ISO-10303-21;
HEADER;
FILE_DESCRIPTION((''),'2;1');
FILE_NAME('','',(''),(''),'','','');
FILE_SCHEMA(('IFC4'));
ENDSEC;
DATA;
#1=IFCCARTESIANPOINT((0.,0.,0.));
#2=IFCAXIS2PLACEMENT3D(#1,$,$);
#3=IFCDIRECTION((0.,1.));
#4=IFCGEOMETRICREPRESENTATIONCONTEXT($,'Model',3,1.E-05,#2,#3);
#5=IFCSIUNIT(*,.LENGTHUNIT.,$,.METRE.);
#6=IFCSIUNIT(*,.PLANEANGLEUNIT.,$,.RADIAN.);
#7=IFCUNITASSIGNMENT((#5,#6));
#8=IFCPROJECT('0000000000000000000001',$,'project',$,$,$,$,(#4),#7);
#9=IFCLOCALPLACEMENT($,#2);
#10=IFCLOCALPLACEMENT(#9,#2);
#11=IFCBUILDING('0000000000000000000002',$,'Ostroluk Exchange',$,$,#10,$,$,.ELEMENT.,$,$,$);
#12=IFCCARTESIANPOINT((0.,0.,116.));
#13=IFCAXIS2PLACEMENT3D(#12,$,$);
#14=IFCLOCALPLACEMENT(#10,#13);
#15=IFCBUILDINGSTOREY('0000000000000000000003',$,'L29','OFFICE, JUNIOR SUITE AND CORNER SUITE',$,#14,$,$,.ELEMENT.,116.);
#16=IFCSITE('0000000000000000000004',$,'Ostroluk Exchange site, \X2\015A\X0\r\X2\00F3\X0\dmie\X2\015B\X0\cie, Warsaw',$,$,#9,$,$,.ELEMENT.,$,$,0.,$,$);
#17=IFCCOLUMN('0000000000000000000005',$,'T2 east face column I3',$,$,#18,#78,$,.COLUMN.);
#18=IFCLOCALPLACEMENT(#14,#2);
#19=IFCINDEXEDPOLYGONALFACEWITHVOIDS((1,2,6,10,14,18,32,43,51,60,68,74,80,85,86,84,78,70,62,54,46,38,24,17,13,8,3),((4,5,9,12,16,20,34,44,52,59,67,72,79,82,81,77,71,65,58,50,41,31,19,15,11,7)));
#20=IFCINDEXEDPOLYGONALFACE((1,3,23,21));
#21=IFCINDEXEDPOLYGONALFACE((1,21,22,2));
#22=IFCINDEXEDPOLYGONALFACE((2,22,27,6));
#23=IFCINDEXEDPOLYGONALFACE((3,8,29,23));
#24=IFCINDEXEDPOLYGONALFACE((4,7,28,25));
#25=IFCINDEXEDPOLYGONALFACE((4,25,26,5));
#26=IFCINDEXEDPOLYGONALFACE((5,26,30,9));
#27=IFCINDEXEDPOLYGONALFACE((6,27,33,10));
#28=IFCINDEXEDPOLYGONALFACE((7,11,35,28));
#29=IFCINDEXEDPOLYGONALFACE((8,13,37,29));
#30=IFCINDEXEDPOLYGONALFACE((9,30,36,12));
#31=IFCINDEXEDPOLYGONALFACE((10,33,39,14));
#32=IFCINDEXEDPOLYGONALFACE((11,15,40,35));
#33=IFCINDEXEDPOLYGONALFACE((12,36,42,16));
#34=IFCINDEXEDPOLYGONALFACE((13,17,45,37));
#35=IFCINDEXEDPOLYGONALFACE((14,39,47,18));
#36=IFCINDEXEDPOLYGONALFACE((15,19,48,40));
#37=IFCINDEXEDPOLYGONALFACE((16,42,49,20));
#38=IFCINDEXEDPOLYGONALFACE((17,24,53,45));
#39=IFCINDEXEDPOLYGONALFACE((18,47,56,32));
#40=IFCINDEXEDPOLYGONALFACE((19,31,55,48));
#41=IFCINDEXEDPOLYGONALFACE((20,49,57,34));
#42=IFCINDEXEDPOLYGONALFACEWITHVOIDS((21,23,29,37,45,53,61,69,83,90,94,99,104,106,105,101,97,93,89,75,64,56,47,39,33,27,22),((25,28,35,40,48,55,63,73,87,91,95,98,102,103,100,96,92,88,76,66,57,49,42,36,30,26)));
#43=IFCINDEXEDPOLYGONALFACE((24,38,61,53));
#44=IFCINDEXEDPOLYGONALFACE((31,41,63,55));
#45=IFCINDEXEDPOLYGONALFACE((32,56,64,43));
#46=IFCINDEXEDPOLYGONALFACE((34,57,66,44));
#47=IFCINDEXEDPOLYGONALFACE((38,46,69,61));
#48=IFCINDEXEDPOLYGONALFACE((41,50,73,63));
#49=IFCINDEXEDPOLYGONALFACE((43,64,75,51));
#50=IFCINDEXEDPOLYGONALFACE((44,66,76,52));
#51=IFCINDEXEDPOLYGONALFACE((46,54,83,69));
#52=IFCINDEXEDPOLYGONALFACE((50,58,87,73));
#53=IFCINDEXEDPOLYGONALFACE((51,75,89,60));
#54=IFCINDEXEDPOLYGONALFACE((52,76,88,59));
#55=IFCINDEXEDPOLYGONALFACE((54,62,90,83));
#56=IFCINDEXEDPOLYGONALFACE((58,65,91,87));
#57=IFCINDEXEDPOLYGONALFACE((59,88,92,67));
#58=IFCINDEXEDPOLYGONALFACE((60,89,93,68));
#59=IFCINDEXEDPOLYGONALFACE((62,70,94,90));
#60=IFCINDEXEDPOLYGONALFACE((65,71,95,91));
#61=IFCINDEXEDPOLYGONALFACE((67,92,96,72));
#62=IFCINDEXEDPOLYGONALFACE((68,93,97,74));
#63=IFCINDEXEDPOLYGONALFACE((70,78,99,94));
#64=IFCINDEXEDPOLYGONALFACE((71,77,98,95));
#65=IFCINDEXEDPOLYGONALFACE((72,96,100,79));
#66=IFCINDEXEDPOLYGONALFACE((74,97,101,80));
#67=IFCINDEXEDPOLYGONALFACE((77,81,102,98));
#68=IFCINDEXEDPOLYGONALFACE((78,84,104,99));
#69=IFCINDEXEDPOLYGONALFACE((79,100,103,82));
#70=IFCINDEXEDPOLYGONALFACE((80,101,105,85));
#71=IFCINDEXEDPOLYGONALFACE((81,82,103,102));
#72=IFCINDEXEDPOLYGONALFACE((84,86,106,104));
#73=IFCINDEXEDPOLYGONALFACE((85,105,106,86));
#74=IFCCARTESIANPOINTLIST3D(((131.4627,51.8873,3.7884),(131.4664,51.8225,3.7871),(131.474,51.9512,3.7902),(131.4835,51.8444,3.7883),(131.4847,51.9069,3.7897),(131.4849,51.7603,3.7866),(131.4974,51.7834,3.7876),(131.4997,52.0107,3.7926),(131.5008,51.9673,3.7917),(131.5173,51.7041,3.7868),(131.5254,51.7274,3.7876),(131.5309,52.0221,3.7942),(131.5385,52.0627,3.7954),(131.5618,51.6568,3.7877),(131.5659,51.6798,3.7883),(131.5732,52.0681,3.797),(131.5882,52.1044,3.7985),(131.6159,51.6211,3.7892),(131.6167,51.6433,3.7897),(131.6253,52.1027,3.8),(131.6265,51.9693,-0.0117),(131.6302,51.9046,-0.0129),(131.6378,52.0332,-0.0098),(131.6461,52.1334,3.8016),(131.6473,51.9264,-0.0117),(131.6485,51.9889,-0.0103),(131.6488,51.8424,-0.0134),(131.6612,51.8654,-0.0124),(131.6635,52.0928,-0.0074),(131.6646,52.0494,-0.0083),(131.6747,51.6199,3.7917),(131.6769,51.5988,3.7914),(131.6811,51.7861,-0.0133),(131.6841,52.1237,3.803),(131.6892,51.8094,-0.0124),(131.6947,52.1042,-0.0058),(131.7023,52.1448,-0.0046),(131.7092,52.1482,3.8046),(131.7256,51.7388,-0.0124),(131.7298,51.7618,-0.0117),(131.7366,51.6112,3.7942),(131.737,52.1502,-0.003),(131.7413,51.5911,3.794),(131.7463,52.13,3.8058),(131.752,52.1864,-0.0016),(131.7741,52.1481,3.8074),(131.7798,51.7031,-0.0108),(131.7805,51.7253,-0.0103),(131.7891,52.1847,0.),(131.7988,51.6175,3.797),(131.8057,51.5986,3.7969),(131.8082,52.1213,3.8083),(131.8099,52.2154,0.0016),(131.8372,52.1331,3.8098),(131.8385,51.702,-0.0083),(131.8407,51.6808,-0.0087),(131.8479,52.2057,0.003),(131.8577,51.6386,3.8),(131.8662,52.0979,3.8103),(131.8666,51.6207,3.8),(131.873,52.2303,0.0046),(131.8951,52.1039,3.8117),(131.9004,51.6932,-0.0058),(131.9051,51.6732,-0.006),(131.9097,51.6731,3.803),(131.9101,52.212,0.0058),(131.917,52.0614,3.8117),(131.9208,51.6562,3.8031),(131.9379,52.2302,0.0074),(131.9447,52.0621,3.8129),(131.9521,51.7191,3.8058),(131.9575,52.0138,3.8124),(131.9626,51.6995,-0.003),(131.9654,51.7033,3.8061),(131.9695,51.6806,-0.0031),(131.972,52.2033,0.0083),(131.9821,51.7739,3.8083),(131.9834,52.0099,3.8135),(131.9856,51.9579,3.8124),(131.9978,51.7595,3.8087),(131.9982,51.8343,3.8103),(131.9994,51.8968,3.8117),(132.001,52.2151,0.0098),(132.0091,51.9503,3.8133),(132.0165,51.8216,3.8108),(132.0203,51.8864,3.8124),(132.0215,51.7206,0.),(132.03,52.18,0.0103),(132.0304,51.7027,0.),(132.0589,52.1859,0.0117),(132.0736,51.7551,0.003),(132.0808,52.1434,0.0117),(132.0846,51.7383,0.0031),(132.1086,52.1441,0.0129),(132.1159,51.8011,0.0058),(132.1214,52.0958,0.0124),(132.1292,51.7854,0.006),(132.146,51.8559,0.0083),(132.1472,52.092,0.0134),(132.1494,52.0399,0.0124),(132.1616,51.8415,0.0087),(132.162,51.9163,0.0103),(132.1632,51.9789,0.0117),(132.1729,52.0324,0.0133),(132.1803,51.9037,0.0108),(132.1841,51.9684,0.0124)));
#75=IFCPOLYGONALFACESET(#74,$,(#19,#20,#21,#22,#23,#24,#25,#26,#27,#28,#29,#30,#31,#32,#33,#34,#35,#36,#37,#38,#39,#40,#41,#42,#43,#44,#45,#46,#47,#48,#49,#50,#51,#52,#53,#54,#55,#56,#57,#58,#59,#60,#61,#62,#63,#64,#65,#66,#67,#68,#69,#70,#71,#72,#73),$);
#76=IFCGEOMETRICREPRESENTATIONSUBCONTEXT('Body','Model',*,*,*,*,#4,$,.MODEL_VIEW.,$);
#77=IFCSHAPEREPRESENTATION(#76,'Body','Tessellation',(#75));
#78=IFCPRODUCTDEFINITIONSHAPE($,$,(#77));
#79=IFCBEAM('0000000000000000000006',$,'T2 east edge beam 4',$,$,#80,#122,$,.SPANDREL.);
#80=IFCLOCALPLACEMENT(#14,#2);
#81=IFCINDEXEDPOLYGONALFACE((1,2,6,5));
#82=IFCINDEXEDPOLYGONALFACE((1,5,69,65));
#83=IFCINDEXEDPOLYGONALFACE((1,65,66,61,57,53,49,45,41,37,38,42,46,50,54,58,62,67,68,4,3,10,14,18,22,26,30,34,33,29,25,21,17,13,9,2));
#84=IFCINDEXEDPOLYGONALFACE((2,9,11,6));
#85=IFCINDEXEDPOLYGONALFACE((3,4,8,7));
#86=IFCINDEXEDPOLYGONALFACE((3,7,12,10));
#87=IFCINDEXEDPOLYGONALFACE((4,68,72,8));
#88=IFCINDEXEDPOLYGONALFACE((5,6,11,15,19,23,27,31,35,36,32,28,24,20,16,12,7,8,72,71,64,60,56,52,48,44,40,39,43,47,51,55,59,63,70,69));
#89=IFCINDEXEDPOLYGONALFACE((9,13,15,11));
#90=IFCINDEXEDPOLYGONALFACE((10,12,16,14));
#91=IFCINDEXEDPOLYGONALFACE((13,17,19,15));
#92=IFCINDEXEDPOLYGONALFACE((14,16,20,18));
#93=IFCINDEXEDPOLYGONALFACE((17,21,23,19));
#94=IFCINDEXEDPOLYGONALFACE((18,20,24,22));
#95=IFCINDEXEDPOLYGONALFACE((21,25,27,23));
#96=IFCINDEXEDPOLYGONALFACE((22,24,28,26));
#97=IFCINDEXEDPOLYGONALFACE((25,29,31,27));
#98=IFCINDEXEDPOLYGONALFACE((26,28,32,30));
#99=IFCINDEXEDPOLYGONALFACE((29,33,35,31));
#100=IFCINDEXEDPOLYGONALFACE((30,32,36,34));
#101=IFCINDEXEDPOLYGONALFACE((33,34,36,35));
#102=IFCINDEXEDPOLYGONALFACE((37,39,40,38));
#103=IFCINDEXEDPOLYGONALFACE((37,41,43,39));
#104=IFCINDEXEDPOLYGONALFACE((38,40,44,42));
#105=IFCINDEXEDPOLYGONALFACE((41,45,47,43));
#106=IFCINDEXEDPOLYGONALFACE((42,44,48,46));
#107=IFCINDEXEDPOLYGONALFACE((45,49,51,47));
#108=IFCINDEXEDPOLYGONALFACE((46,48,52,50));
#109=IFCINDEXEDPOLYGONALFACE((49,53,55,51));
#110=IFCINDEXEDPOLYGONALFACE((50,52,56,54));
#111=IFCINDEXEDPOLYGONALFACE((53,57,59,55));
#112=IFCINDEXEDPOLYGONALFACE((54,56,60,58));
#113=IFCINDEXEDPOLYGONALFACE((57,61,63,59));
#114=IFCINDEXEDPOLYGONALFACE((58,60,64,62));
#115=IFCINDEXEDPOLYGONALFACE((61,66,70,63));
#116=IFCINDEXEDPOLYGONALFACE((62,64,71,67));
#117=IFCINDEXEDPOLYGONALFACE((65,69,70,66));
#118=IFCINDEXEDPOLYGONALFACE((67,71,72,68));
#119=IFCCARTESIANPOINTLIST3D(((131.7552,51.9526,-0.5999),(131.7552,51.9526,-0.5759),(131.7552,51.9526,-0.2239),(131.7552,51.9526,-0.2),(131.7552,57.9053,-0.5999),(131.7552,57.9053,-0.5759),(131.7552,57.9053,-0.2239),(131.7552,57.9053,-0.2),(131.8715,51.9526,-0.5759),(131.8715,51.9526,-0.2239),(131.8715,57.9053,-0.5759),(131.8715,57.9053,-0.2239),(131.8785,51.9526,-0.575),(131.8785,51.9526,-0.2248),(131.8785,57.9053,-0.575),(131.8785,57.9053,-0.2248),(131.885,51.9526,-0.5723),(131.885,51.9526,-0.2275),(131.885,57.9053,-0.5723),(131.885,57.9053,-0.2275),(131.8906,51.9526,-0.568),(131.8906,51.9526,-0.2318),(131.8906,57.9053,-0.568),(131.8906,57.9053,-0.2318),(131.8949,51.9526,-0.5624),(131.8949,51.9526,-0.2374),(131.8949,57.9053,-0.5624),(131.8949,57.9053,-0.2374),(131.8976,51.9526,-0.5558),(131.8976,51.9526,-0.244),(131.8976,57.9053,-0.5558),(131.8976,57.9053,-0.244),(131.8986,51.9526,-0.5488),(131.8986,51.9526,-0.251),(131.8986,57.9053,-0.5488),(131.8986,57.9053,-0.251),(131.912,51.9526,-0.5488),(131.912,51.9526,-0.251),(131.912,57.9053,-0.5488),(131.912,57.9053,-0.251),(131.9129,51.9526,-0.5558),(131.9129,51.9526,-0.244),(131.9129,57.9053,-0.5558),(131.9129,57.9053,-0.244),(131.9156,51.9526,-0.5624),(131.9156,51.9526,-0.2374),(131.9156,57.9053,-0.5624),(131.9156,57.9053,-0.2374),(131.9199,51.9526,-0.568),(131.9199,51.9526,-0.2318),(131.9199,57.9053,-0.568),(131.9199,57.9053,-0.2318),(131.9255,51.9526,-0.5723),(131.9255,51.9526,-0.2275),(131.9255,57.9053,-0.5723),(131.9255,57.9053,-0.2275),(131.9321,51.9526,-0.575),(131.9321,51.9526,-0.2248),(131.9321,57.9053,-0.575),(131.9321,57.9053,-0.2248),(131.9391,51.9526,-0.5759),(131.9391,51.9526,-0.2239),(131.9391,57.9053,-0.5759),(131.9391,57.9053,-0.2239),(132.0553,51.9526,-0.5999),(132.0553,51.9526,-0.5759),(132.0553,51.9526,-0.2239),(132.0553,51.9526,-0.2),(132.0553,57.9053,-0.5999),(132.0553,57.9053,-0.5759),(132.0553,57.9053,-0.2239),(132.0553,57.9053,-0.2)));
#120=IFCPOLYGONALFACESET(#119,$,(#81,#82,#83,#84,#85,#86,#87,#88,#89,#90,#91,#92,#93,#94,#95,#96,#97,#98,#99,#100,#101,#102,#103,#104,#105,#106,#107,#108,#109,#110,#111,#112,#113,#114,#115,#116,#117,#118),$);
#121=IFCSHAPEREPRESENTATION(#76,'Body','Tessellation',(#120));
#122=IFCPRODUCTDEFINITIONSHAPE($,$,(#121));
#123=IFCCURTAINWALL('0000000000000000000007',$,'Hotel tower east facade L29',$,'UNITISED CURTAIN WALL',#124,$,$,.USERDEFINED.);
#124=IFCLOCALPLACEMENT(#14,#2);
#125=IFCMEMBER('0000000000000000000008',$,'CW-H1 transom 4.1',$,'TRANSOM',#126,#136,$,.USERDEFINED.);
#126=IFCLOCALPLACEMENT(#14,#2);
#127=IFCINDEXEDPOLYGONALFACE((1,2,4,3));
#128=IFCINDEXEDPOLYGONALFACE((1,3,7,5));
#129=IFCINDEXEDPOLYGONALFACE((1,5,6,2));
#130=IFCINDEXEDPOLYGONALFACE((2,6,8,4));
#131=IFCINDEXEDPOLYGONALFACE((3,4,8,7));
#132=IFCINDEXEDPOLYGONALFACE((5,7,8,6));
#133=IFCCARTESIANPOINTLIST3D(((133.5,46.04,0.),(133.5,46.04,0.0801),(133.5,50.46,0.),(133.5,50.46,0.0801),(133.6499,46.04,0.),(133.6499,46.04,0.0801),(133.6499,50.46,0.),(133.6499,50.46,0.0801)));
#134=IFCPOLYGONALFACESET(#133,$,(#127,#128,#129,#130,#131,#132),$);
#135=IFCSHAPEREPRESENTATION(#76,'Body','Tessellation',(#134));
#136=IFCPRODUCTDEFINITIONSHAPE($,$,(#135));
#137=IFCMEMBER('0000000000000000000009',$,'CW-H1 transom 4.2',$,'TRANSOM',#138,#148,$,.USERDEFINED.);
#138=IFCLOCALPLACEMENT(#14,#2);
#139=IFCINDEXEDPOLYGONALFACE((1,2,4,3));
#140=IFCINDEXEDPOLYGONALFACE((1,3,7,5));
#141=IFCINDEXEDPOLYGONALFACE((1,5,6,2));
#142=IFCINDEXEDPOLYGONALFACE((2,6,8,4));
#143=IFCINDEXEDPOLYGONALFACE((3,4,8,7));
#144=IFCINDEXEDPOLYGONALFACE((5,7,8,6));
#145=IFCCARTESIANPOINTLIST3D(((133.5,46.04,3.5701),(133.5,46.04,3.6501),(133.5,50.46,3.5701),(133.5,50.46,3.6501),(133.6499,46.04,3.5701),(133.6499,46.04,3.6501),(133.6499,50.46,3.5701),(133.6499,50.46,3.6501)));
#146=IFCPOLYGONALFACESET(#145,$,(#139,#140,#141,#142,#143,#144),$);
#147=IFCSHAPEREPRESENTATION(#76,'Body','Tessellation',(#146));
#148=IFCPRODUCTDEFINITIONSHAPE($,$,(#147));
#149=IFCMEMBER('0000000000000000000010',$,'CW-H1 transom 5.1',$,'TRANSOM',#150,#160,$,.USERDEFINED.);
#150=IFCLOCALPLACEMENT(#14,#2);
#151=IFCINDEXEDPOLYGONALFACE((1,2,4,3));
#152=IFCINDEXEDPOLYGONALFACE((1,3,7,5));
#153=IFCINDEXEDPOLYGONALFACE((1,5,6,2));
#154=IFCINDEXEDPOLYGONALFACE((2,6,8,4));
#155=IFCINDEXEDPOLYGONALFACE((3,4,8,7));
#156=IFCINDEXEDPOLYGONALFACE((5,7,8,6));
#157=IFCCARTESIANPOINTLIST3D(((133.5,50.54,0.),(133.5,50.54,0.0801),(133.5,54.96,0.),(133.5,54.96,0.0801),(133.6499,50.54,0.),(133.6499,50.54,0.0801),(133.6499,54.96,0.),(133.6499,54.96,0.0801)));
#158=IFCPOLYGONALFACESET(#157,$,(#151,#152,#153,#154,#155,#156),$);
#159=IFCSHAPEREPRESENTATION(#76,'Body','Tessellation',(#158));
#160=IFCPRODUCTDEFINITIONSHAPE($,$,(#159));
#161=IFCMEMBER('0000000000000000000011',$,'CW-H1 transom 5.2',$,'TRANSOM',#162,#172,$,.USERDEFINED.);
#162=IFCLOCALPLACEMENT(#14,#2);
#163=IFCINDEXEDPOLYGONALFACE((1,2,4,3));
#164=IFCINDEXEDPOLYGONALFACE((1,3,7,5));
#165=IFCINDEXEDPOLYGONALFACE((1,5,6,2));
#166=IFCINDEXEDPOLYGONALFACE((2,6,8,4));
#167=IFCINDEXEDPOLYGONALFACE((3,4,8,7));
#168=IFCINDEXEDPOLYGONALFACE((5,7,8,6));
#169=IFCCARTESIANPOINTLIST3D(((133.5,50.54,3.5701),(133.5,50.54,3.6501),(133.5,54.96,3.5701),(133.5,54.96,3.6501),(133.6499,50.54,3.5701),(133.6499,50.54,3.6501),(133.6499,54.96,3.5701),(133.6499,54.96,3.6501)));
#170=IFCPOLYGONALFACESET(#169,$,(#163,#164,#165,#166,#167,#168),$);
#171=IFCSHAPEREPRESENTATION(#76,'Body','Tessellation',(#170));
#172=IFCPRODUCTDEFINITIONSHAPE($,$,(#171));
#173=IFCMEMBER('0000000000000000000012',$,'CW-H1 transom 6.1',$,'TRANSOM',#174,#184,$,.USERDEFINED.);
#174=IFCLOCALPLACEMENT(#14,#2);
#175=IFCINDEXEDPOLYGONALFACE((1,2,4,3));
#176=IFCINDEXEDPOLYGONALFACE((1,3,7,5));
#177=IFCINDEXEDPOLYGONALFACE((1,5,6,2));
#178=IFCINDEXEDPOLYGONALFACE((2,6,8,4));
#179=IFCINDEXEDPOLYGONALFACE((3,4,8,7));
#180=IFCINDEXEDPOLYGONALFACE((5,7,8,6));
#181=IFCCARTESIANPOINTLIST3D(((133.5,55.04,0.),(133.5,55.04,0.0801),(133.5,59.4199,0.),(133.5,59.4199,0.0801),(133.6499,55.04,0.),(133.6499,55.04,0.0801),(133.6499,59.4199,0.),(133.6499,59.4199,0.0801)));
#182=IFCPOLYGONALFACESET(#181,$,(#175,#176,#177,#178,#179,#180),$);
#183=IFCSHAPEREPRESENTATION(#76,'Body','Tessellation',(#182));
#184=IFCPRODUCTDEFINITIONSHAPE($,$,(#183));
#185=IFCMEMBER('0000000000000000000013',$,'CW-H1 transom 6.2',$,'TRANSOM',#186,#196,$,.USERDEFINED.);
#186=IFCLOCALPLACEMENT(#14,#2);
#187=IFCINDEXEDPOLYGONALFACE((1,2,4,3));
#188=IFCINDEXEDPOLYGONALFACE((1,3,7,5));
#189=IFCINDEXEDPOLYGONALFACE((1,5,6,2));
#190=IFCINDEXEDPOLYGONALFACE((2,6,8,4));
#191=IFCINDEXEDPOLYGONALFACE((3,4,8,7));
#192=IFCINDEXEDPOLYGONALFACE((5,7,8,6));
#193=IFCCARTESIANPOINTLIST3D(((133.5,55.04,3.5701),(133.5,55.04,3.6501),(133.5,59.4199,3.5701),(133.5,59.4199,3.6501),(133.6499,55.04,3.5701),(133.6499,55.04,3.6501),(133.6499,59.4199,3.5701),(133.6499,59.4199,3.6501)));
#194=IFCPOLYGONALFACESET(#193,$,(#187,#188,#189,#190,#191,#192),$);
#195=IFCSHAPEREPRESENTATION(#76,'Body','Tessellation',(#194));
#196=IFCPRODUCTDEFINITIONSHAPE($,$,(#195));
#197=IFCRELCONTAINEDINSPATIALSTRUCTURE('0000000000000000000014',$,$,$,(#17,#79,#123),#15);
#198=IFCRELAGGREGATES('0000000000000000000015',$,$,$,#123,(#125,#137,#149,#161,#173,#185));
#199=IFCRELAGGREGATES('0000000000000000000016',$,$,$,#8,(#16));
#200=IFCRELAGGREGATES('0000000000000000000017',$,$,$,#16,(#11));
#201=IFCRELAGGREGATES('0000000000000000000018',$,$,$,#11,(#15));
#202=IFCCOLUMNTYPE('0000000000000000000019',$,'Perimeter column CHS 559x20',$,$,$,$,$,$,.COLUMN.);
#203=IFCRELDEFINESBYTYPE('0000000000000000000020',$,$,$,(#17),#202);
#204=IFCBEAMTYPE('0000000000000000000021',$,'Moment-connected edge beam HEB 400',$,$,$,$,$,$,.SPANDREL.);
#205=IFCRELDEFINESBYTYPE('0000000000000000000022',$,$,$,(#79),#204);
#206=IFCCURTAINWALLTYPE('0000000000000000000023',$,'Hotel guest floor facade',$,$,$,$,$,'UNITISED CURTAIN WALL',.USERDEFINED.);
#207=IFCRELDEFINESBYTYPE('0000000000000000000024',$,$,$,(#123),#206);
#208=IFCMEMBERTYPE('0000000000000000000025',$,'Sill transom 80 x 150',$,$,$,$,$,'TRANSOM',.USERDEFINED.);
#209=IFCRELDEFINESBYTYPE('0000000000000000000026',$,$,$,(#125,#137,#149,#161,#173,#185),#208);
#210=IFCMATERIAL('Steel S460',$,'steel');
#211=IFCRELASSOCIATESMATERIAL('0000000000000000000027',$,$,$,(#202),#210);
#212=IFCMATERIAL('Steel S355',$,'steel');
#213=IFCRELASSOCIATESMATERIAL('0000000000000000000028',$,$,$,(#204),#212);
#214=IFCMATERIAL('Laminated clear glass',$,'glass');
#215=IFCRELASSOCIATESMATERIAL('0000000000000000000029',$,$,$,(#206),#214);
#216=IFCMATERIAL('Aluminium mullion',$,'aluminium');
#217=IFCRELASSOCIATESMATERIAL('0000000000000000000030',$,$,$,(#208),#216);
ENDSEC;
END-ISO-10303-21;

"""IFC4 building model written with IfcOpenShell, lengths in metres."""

from ifc_helpers import new_model, si_unit, direction, frame, origin, origin_2d, place, context, subcontext, project, spatial, rectangle, hollow_circle, i_section, extrude, material, material_profile, profile_set, type_object, element, aggregate, save


model = new_model("IFC4")

# Units and contexts
model_context = context("Model", 3, precision=1e-05, world=origin(), true_north=direction((0.0, 1.0)))
body_context = subcontext(model_context, "Body", "Model", "MODEL_VIEW")
ifc_project = project(units=[si_unit("LENGTHUNIT", "METRE"), si_unit("PLANEANGLEUNIT", "RADIAN")], contexts=[model_context])

# Site, building, storey
site_placement = place(None, origin())
site = spatial("IfcSite", under=ifc_project, at=site_placement, Name="Ostroluk Exchange site, Śródmieście, Warsaw", CompositionType="ELEMENT", RefElevation=0.0)
building_placement = place(site_placement, origin())
building = spatial("IfcBuilding", under=site, at=building_placement, Name="Ostroluk Exchange", CompositionType="ELEMENT")
storey_placement = place(building_placement, frame((0.0, 0.0, 116.0)))
storey = spatial("IfcBuildingStorey", under=building, at=storey_placement, Name="L29", Description="OFFICE, JUNIOR SUITE AND CORNER SUITE", CompositionType="ELEMENT", Elevation=116.0)

# Column
ifc_material_1 = material(Name="Steel S460", Category="steel")
ifc_material_profile_1 = material_profile(ifc_material_1, hollow_circle(Radius=0.2795, WallThickness=0.02, at=origin_2d()), Name="CHS 559x20")
ifc_profile_set_1 = profile_set([ifc_material_profile_1], Name="Steel S460")
column_type = type_object("IfcColumnType", Name="Perimeter column CHS 559x20", PredefinedType="COLUMN", material=ifc_profile_set_1)
column_placement = place(storey_placement, frame((131.9053, 51.9526, 0.0), z_axis=(-0.04306, -0.021562, 0.99884), x_axis=(0.447747, -0.894161, 0.0)))
element("IfcColumn", 1, at=column_placement, inside=storey, type_object=column_type, Name="T2 east face column I3", PredefinedType="COLUMN", context=body_context, shape_type="SweptSolid", body=[
    extrude(hollow_circle(Radius=0.2795, WallThickness=0.02, at=origin_2d()), origin(), (0.0, 0.0, 1.0), 3.8044),
])

# Beam
ifc_material_2 = material(Name="Steel S355", Category="steel")
ifc_material_profile_2 = material_profile(ifc_material_2, i_section(OverallWidth=0.3, OverallDepth=0.3999, WebThickness=0.0134, FlangeThickness=0.0239, FilletRadius=0.0271, at=origin_2d()), Name="HEB 400")
ifc_profile_set_2 = profile_set([ifc_material_profile_2], Name="Steel S355")
beam_type = type_object("IfcBeamType", Name="Moment-connected edge beam HEB 400", PredefinedType="SPANDREL", material=ifc_profile_set_2)
beam_placement = place(storey_placement, frame((131.9053, 51.9526, -0.3999), z_axis=(0.0, 1.0, 0.0), x_axis=(-1.0, 0.0, 0.0)))
element("IfcBeam", 2, at=beam_placement, inside=storey, type_object=beam_type, Name="T2 east edge beam 4", PredefinedType="SPANDREL", context=body_context, shape_type="SweptSolid", body=[
    extrude(i_section(OverallWidth=0.3, OverallDepth=0.3999, WebThickness=0.0134, FlangeThickness=0.0239, FilletRadius=0.0271, at=origin_2d()), origin(), (0.0, 0.0, 1.0), 5.9526),
])

# Curtain wall, members
ifc_material_3 = material(Name="Laminated clear glass", Category="glass")
curtain_wall_type = type_object("IfcCurtainWallType", Name="Hotel guest floor facade", ElementType="UNITISED CURTAIN WALL", PredefinedType="USERDEFINED", material=ifc_material_3)
curtain_wall_placement = place(storey_placement, origin())
curtain_wall = element("IfcCurtainWall", 3, at=curtain_wall_placement, inside=storey, type_object=curtain_wall_type, Name="Hotel tower east facade L29", ObjectType="UNITISED CURTAIN WALL", PredefinedType="USERDEFINED")
ifc_material_4 = material(Name="Aluminium mullion", Category="aluminium")
ifc_material_profile_3 = material_profile(ifc_material_4, rectangle(XDim=0.1499, YDim=0.0801, at=origin_2d()), Name="Sill transom 80 x 150")
ifc_profile_set_3 = profile_set([ifc_material_profile_3], Name="Aluminium mullion")
member_type_1 = type_object("IfcMemberType", Name="Sill transom 80 x 150", ElementType="TRANSOM", PredefinedType="USERDEFINED", material=ifc_profile_set_3)
member_1_placement = place(storey_placement, frame((133.575, 46.04, 0.04), z_axis=(0.0, 1.0, 0.0), x_axis=(-1.0, 0.0, 0.0)))
member_1 = element("IfcMember", 4, at=member_1_placement, type_object=member_type_1, Name="CW-H1 transom 4.1", ObjectType="TRANSOM", PredefinedType="USERDEFINED", context=body_context, shape_type="SweptSolid", body=[
    extrude(rectangle(XDim=0.1499, YDim=0.0801, at=origin_2d()), origin(), (0.0, 0.0, 1.0), 4.4199),
])
member_2_placement = place(storey_placement, frame((133.575, 46.04, 3.6101), z_axis=(0.0, 1.0, 0.0), x_axis=(-1.0, 0.0, 0.0)))
member_2 = element("IfcMember", 5, at=member_2_placement, type_object=member_type_1, Name="CW-H1 transom 4.2", ObjectType="TRANSOM", PredefinedType="USERDEFINED", context=body_context, shape_type="SweptSolid", body=[
    extrude(rectangle(XDim=0.1499, YDim=0.0801, at=origin_2d()), origin(), (0.0, 0.0, 1.0), 4.4199),
])
member_3_placement = place(storey_placement, frame((133.575, 50.54, 0.04), z_axis=(0.0, 1.0, 0.0), x_axis=(-1.0, 0.0, 0.0)))
member_3 = element("IfcMember", 6, at=member_3_placement, type_object=member_type_1, Name="CW-H1 transom 5.1", ObjectType="TRANSOM", PredefinedType="USERDEFINED", context=body_context, shape_type="SweptSolid", body=[
    extrude(rectangle(XDim=0.1499, YDim=0.0801, at=origin_2d()), origin(), (0.0, 0.0, 1.0), 4.4199),
])
member_4_placement = place(storey_placement, frame((133.575, 50.54, 3.6101), z_axis=(0.0, 1.0, 0.0), x_axis=(-1.0, 0.0, 0.0)))
member_4 = element("IfcMember", 7, at=member_4_placement, type_object=member_type_1, Name="CW-H1 transom 5.2", ObjectType="TRANSOM", PredefinedType="USERDEFINED", context=body_context, shape_type="SweptSolid", body=[
    extrude(rectangle(XDim=0.1499, YDim=0.0801, at=origin_2d()), origin(), (0.0, 0.0, 1.0), 4.4199),
])
member_5_placement = place(storey_placement, frame((133.575, 55.04, 0.04), z_axis=(0.0, 1.0, 0.0), x_axis=(-1.0, 0.0, 0.0)))
member_5 = element("IfcMember", 8, at=member_5_placement, type_object=member_type_1, Name="CW-H1 transom 6.1", ObjectType="TRANSOM", PredefinedType="USERDEFINED", context=body_context, shape_type="SweptSolid", body=[
    extrude(rectangle(XDim=0.1499, YDim=0.0801, at=origin_2d()), origin(), (0.0, 0.0, 1.0), 4.3799),
])
member_6_placement = place(storey_placement, frame((133.575, 55.04, 3.6101), z_axis=(0.0, 1.0, 0.0), x_axis=(-1.0, 0.0, 0.0)))
member_6 = element("IfcMember", 9, at=member_6_placement, type_object=member_type_1, Name="CW-H1 transom 6.2", ObjectType="TRANSOM", PredefinedType="USERDEFINED", context=body_context, shape_type="SweptSolid", body=[
    extrude(rectangle(XDim=0.1499, YDim=0.0801, at=origin_2d()), origin(), (0.0, 0.0, 1.0), 4.3799),
])
aggregate(curtain_wall, [member_1, member_2, member_3, member_4, member_5, member_6])

save(model, "model.ifc")
